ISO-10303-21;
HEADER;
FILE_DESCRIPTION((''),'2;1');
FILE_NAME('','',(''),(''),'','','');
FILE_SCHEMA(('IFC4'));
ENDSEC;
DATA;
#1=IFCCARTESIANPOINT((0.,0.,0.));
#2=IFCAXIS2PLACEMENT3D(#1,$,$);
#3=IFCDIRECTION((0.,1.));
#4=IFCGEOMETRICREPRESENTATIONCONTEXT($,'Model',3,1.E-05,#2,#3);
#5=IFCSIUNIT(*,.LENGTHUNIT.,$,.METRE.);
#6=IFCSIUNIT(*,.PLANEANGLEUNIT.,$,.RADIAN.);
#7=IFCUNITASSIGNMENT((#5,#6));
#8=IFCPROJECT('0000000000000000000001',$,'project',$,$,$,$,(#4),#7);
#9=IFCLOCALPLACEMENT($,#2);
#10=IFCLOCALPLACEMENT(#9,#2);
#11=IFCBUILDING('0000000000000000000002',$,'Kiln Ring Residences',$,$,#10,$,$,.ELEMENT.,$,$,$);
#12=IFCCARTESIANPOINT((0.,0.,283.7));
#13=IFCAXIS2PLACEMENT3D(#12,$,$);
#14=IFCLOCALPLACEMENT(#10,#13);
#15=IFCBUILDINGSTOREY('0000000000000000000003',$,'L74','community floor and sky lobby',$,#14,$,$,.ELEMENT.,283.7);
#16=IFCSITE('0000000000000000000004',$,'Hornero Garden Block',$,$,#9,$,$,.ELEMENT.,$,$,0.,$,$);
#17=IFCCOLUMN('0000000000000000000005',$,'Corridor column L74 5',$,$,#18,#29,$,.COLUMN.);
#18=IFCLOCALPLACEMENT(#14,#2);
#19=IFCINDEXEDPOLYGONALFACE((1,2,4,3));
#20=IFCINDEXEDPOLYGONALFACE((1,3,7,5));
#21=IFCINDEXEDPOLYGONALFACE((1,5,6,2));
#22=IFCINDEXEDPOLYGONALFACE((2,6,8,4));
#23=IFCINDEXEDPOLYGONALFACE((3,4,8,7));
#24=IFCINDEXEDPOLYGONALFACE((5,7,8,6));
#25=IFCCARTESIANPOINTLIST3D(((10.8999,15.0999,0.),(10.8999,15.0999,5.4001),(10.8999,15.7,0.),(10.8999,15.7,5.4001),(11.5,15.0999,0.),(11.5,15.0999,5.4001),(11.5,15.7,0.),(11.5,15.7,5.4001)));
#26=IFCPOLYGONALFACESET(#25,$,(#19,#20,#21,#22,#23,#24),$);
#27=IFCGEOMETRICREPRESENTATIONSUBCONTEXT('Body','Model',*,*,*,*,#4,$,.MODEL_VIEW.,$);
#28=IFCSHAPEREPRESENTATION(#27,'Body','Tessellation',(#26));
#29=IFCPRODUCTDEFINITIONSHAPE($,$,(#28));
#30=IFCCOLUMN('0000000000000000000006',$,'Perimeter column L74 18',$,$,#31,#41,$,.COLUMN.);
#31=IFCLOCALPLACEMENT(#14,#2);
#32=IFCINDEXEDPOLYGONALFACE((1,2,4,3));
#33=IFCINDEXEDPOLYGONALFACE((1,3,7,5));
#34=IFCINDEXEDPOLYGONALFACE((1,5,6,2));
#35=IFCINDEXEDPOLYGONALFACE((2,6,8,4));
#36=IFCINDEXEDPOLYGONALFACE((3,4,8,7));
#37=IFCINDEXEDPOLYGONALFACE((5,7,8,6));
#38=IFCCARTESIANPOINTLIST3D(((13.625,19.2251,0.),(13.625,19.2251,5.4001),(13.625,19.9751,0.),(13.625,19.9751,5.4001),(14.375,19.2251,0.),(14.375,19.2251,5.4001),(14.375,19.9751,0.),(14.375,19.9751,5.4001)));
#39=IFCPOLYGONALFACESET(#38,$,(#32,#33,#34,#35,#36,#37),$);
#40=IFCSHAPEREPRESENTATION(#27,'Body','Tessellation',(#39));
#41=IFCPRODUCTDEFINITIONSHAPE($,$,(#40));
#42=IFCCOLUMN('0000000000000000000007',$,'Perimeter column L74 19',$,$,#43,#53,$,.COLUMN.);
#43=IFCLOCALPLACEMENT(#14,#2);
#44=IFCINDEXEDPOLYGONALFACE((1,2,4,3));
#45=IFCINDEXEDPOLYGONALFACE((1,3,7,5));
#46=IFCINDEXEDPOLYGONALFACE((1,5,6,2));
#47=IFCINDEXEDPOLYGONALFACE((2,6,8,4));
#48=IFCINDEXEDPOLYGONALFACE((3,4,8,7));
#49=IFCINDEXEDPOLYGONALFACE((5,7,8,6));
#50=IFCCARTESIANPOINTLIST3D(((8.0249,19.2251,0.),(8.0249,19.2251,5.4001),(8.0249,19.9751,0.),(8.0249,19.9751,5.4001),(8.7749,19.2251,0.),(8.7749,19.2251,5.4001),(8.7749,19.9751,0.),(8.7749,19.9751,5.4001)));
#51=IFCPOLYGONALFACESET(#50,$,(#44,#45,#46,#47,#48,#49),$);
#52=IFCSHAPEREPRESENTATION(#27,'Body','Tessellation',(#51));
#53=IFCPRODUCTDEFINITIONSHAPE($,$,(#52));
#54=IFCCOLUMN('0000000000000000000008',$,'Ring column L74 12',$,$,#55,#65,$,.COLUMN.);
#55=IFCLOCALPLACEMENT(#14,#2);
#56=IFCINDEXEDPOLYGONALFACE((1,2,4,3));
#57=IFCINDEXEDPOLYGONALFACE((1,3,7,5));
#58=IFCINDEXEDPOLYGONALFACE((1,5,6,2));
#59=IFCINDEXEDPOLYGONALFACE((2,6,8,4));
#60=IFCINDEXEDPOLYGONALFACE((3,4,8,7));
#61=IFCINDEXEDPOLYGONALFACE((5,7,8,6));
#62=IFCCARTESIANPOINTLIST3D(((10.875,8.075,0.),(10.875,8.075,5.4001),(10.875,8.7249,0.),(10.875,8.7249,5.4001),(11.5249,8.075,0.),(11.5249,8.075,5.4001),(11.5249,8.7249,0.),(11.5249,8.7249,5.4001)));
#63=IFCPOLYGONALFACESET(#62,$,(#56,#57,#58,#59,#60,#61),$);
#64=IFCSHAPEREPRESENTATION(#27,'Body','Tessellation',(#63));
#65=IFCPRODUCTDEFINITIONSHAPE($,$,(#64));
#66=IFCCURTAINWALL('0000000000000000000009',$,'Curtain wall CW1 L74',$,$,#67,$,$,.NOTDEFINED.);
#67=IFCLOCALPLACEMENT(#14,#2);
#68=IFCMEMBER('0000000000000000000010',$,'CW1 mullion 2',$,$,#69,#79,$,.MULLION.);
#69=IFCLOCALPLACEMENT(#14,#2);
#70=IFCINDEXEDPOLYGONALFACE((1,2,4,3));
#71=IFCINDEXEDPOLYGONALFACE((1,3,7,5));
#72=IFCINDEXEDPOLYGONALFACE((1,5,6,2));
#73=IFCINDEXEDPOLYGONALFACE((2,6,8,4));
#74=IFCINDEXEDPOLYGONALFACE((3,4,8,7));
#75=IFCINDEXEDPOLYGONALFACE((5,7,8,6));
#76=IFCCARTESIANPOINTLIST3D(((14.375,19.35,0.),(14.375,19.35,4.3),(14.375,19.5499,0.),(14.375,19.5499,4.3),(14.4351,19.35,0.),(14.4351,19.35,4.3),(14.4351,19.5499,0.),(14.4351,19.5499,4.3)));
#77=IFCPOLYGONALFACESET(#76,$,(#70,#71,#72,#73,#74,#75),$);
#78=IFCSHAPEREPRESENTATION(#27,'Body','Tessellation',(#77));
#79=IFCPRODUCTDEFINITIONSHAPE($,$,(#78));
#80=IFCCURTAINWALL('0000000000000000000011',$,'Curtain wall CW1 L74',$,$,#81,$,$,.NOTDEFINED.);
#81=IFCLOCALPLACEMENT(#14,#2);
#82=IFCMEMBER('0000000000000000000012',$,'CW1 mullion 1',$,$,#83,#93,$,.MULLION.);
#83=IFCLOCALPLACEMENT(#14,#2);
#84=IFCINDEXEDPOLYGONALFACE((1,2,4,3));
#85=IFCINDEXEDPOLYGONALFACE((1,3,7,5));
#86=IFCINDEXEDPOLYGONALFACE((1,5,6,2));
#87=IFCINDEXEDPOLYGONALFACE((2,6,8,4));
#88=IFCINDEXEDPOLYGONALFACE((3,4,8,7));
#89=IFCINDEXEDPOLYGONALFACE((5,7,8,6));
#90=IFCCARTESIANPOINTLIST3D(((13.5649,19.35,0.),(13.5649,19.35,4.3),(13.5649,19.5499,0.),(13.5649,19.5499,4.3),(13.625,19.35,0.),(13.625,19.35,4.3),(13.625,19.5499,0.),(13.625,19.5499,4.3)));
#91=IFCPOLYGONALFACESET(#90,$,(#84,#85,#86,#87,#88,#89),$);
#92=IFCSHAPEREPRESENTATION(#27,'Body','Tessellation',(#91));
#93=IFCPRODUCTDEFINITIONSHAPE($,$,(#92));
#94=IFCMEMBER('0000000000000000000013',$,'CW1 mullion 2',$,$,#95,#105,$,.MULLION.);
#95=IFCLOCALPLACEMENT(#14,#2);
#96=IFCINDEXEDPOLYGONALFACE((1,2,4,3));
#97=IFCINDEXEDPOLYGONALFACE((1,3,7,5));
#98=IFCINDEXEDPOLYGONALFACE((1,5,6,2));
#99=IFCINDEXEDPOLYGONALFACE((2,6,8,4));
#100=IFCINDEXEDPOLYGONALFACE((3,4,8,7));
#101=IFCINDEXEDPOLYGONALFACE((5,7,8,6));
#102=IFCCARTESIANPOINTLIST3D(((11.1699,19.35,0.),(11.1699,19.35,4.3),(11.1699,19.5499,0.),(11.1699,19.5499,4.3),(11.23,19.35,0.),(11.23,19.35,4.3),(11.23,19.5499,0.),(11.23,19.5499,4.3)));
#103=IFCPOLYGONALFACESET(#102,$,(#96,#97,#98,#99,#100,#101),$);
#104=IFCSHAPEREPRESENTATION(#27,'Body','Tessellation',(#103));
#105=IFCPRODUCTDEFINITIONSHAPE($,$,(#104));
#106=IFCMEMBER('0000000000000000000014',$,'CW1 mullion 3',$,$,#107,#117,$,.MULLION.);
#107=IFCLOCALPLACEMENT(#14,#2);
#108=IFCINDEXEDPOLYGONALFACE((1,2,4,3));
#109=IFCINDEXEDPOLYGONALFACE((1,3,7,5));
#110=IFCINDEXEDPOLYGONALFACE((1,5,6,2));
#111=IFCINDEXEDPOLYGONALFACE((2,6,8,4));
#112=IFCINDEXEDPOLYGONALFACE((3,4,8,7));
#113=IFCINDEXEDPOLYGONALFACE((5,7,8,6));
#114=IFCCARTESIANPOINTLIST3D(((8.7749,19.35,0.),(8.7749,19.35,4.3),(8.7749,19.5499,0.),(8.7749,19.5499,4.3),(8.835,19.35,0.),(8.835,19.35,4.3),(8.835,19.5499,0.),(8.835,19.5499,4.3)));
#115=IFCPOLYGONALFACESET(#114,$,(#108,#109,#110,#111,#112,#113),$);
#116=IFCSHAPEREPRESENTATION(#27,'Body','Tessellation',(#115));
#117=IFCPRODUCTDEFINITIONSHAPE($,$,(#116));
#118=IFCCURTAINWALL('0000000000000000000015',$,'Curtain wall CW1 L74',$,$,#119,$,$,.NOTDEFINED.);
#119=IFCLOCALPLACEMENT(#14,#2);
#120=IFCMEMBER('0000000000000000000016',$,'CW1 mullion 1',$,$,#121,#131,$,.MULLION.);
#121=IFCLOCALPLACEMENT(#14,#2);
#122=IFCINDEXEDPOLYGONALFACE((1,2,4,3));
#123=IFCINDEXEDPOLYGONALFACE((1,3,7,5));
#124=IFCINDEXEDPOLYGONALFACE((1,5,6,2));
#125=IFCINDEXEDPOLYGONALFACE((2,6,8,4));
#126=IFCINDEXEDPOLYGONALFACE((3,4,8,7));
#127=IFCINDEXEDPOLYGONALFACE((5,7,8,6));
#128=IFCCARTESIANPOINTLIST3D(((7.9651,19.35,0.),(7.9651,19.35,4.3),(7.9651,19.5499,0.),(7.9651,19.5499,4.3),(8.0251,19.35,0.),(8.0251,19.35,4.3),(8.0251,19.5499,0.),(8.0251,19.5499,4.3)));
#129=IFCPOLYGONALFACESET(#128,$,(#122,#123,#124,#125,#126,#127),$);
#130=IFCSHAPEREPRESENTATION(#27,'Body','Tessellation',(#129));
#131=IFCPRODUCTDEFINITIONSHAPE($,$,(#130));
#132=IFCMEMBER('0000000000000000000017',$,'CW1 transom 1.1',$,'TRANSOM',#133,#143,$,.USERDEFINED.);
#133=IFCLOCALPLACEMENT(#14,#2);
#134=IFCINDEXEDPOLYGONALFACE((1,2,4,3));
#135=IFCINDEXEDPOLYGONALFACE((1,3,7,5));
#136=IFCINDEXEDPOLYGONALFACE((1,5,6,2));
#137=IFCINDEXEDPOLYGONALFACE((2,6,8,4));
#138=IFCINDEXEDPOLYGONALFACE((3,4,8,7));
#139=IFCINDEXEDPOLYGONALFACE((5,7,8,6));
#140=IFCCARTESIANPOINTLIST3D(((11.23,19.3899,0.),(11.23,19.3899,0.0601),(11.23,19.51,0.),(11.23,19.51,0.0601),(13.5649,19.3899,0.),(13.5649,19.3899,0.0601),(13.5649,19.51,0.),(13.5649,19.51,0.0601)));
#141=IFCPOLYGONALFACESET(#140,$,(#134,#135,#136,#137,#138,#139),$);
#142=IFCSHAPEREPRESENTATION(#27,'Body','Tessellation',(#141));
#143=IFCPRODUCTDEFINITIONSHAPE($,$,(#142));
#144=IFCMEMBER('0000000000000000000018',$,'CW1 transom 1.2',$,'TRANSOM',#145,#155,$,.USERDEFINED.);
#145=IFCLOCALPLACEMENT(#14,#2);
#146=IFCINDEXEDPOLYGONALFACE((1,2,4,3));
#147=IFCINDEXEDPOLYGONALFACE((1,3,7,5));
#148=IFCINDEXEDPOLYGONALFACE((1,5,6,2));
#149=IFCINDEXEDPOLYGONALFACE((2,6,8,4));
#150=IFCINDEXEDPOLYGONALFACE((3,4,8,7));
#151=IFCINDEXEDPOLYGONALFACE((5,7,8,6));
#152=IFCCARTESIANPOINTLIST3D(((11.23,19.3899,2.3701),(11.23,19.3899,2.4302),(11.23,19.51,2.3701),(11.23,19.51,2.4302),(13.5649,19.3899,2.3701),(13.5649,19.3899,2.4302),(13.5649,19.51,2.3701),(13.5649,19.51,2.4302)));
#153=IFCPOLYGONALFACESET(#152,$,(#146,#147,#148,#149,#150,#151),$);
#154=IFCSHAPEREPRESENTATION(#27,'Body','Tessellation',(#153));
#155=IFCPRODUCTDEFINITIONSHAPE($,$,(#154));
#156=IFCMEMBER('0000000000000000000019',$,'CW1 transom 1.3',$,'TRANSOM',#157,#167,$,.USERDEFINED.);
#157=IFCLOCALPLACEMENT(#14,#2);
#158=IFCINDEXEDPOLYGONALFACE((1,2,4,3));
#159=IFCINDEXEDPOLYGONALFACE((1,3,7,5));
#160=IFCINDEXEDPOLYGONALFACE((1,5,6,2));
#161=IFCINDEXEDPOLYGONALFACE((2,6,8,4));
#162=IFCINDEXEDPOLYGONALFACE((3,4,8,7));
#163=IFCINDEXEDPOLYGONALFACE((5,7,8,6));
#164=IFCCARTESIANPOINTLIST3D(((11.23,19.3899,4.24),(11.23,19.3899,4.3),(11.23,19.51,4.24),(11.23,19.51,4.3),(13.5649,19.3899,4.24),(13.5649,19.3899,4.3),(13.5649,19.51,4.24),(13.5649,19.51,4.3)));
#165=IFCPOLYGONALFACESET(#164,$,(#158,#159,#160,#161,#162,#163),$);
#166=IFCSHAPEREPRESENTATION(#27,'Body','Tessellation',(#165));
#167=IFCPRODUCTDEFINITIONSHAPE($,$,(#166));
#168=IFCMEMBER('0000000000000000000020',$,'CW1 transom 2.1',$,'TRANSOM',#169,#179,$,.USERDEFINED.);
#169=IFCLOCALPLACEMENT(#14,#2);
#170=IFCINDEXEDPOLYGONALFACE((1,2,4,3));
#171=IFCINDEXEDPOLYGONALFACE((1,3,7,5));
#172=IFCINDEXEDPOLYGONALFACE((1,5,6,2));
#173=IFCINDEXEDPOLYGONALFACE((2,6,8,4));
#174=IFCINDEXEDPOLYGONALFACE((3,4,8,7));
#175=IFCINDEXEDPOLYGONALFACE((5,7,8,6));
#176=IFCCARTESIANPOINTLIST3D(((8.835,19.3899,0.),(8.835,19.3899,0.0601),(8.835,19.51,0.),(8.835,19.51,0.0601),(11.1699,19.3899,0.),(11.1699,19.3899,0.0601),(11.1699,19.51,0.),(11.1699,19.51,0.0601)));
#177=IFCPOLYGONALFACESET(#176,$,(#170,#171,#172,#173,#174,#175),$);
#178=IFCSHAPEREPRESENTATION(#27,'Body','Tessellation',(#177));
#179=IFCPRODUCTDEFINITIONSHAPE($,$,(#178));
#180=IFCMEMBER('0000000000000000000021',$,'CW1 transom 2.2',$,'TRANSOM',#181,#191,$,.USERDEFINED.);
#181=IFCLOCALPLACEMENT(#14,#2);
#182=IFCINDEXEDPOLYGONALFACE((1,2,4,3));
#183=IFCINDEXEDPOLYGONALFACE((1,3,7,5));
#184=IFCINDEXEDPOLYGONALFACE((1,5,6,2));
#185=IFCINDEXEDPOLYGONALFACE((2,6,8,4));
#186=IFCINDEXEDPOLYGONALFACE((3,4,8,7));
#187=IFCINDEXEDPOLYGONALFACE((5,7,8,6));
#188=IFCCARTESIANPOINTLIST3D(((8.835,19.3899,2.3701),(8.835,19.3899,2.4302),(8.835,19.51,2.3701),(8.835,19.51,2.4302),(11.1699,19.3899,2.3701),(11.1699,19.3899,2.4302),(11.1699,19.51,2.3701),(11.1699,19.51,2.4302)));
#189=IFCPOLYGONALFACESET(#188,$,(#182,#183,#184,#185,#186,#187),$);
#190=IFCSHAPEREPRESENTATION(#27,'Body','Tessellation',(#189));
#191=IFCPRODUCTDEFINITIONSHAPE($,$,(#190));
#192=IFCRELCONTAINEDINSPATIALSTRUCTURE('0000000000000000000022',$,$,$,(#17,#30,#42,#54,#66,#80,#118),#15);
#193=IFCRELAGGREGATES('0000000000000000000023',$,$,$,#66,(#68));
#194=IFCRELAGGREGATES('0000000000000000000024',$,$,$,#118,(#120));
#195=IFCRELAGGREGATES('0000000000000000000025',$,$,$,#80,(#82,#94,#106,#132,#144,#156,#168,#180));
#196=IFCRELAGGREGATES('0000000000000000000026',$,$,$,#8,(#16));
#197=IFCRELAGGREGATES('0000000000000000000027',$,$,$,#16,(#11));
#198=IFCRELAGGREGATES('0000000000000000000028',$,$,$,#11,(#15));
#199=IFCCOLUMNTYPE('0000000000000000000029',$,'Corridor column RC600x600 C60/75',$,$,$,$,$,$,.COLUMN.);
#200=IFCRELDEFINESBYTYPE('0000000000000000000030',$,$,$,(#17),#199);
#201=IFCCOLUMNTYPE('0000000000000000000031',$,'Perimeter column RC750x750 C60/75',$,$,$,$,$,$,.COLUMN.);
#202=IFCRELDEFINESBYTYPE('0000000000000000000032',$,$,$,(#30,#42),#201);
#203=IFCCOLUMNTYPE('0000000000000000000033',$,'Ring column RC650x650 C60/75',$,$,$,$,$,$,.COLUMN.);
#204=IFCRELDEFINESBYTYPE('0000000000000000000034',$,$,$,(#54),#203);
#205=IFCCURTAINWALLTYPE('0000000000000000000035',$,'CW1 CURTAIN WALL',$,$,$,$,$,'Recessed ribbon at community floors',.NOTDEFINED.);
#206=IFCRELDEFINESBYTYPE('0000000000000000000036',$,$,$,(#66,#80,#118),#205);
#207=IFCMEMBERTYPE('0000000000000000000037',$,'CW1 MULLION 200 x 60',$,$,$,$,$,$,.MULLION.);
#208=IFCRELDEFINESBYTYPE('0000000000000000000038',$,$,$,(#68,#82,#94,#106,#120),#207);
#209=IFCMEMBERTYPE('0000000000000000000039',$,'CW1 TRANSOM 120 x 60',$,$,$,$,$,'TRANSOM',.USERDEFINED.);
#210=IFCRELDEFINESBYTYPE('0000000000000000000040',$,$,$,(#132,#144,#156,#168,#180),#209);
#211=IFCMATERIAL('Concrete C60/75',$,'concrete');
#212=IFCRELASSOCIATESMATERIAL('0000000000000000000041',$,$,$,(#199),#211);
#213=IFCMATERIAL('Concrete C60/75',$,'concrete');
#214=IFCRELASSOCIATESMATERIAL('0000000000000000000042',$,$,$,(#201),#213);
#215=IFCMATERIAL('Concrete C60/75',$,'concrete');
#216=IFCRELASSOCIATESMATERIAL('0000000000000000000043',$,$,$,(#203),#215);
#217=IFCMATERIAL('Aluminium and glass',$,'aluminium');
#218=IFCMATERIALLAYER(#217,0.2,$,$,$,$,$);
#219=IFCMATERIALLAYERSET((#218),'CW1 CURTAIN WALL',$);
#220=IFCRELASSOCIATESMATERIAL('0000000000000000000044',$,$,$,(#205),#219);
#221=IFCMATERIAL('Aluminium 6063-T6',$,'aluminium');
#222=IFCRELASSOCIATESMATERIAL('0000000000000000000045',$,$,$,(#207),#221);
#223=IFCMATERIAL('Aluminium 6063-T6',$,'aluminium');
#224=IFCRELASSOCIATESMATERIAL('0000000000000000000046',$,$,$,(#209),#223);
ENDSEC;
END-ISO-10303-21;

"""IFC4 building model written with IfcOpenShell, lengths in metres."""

from ifc_helpers import new_model, si_unit, direction, frame, origin, origin_2d, place, context, subcontext, project, spatial, rectangle, extrude, material, layer, layer_set, material_profile, profile_set, type_object, element, aggregate, save


model = new_model("IFC4")

# Units and contexts
model_context = context("Model", 3, precision=1e-05, world=origin(), true_north=direction((0.0, 1.0)))
body_context = subcontext(model_context, "Body", "Model", "MODEL_VIEW")
ifc_project = project(units=[si_unit("LENGTHUNIT", "METRE"), si_unit("PLANEANGLEUNIT", "RADIAN")], contexts=[model_context])

# Site, building, storey
site_placement = place(None, origin())
site = spatial("IfcSite", under=ifc_project, at=site_placement, Name="Hornero Garden Block", CompositionType="ELEMENT", RefElevation=0.0)
building_placement = place(site_placement, origin())
building = spatial("IfcBuilding", under=site, at=building_placement, Name="Kiln Ring Residences", CompositionType="ELEMENT")
storey_placement = place(building_placement, frame((0.0, 0.0, 283.7)))
storey = spatial("IfcBuildingStorey", under=building, at=storey_placement, Name="L74", Description="community floor and sky lobby", CompositionType="ELEMENT", Elevation=283.7)

# Columns
ifc_material_1 = material(Name="Concrete C60/75", Category="concrete")
ifc_material_profile_1 = material_profile(ifc_material_1, rectangle(XDim=0.6001, YDim=0.6001, at=origin_2d()), Name="RC600x600")
ifc_profile_set_1 = profile_set([ifc_material_profile_1], Name="Concrete C60/75")
column_type_1 = type_object("IfcColumnType", Name="Corridor column RC600x600 C60/75", PredefinedType="COLUMN", material=ifc_profile_set_1)
column_1_placement = place(storey_placement, frame((11.2, 15.3999, 0.0), z_axis=(0.0, 0.0, 1.0), x_axis=(1.0, 0.0, 0.0)))
element("IfcColumn", 1, at=column_1_placement, inside=storey, type_object=column_type_1, Name="Corridor column L74 5", PredefinedType="COLUMN", context=body_context, shape_type="SweptSolid", body=[
    extrude(rectangle(XDim=0.6001, YDim=0.6001, at=origin_2d()), origin(), (0.0, 0.0, 1.0), 5.4001),
])
ifc_material_2 = material(Name="Concrete C60/75", Category="concrete")
ifc_material_profile_2 = material_profile(ifc_material_2, rectangle(XDim=0.75, YDim=0.75, at=origin_2d()), Name="RC750x750")
ifc_profile_set_2 = profile_set([ifc_material_profile_2], Name="Concrete C60/75")
column_type_2 = type_object("IfcColumnType", Name="Perimeter column RC750x750 C60/75", PredefinedType="COLUMN", material=ifc_profile_set_2)
for number, where, z_axis, x_axis, name in (
    (2, (14.0, 19.6001, 0.0), (0.0, 0.0, 1.0), (1.0, 0.0, 0.0), "Perimeter column L74 18"),
    (3, (8.3999, 19.6001, 0.0), (0.0, 0.0, 1.0), (1.0, 0.0, 0.0), "Perimeter column L74 19"),
):
    element("IfcColumn", number, at=place(storey_placement, frame(where, z_axis=z_axis, x_axis=x_axis)), inside=storey, type_object=column_type_2, Name=name, PredefinedType="COLUMN", context=body_context, shape_type="SweptSolid", body=[
        extrude(rectangle(XDim=0.75, YDim=0.75, at=origin_2d()), origin(), (0.0, 0.0, 1.0), 5.4001),
    ])
ifc_material_3 = material(Name="Concrete C60/75", Category="concrete")
ifc_material_profile_3 = material_profile(ifc_material_3, rectangle(XDim=0.6499, YDim=0.6499, at=origin_2d()), Name="RC650x650")
ifc_profile_set_3 = profile_set([ifc_material_profile_3], Name="Concrete C60/75")
column_type_3 = type_object("IfcColumnType", Name="Ring column RC650x650 C60/75", PredefinedType="COLUMN", material=ifc_profile_set_3)
column_2_placement = place(storey_placement, frame((11.2, 8.3999, 0.0), z_axis=(0.0, 0.0, 1.0), x_axis=(1.0, 0.0, 0.0)))
element("IfcColumn", 4, at=column_2_placement, inside=storey, type_object=column_type_3, Name="Ring column L74 12", PredefinedType="COLUMN", context=body_context, shape_type="SweptSolid", body=[
    extrude(rectangle(XDim=0.6499, YDim=0.6499, at=origin_2d()), origin(), (0.0, 0.0, 1.0), 5.4001),
])

# Curtain wall, member
ifc_material_4 = material(Name="Aluminium and glass", Category="aluminium")
ifc_layer_1 = layer(ifc_material_4, 0.2)
ifc_layer_set_1 = layer_set([ifc_layer_1], Name="CW1 CURTAIN WALL")
curtain_wall_type_1 = type_object("IfcCurtainWallType", Name="CW1 CURTAIN WALL", ElementType="Recessed ribbon at community floors", PredefinedType="NOTDEFINED", material=ifc_layer_set_1)
placement = place(storey_placement, origin())
curtain_wall_1 = element("IfcCurtainWall", 5, at=placement, inside=storey, type_object=curtain_wall_type_1, Name="Curtain wall CW1 L74", PredefinedType="NOTDEFINED")
ifc_material_5 = material(Name="Aluminium 6063-T6", Category="aluminium")
ifc_material_profile_4 = material_profile(ifc_material_5, rectangle(XDim=0.2, YDim=0.0601, at=origin_2d()), Name="AL 200x60")
ifc_profile_set_4 = profile_set([ifc_material_profile_4], Name="Aluminium 6063-T6")
member_type_1 = type_object("IfcMemberType", Name="CW1 MULLION 200 x 60", PredefinedType="MULLION", material=ifc_profile_set_4)
member_1_placement = place(storey_placement, frame((14.405, 19.45, 0.0), z_axis=(0.0, 0.0, 1.0), x_axis=(0.0, -1.0, 0.0)))
member_1 = element("IfcMember", 6, at=member_1_placement, type_object=member_type_1, Name="CW1 mullion 2", PredefinedType="MULLION", context=body_context, shape_type="SweptSolid", body=[
    extrude(rectangle(XDim=0.2, YDim=0.0601, at=origin_2d()), origin(), (0.0, 0.0, 1.0), 4.3),
])
aggregate(curtain_wall_1, [member_1])

# Curtain wall, members
curtain_wall_2 = element("IfcCurtainWall", 7, at=placement, inside=storey, type_object=curtain_wall_type_1, Name="Curtain wall CW1 L74", PredefinedType="NOTDEFINED")
member_2_placement = place(storey_placement, frame((13.595, 19.45, 0.0), z_axis=(0.0, 0.0, 1.0), x_axis=(0.0, -1.0, 0.0)))
member_2 = element("IfcMember", 8, at=member_2_placement, type_object=member_type_1, Name="CW1 mullion 1", PredefinedType="MULLION", context=body_context, shape_type="SweptSolid", body=[
    extrude(rectangle(XDim=0.2, YDim=0.0601, at=origin_2d()), origin(), (0.0, 0.0, 1.0), 4.3),
])
member_3_placement = place(storey_placement, frame((11.2, 19.45, 0.0), z_axis=(0.0, 0.0, 1.0), x_axis=(0.0, -1.0, 0.0)))
member_3 = element("IfcMember", 9, at=member_3_placement, type_object=member_type_1, Name="CW1 mullion 2", PredefinedType="MULLION", context=body_context, shape_type="SweptSolid", body=[
    extrude(rectangle(XDim=0.2, YDim=0.0601, at=origin_2d()), origin(), (0.0, 0.0, 1.0), 4.3),
])
member_4_placement = place(storey_placement, frame((8.8049, 19.45, 0.0), z_axis=(0.0, 0.0, 1.0), x_axis=(0.0, -1.0, 0.0)))
member_4 = element("IfcMember", 10, at=member_4_placement, type_object=member_type_1, Name="CW1 mullion 3", PredefinedType="MULLION", context=body_context, shape_type="SweptSolid", body=[
    extrude(rectangle(XDim=0.2, YDim=0.0601, at=origin_2d()), origin(), (0.0, 0.0, 1.0), 4.3),
])

# Curtain wall, member
curtain_wall_3 = element("IfcCurtainWall", 11, at=placement, inside=storey, type_object=curtain_wall_type_1, Name="Curtain wall CW1 L74", PredefinedType="NOTDEFINED")
member_5_placement = place(storey_placement, frame((7.9951, 19.45, 0.0), z_axis=(0.0, 0.0, 1.0), x_axis=(0.0, -1.0, 0.0)))
member_5 = element("IfcMember", 12, at=member_5_placement, type_object=member_type_1, Name="CW1 mullion 1", PredefinedType="MULLION", context=body_context, shape_type="SweptSolid", body=[
    extrude(rectangle(XDim=0.2, YDim=0.0601, at=origin_2d()), origin(), (0.0, 0.0, 1.0), 4.3),
])
aggregate(curtain_wall_3, [member_5])

# Members
ifc_material_6 = material(Name="Aluminium 6063-T6", Category="aluminium")
ifc_material_profile_5 = material_profile(ifc_material_6, rectangle(XDim=0.1201, YDim=0.0601, at=origin_2d()), Name="AL 120x60")
ifc_profile_set_5 = profile_set([ifc_material_profile_5], Name="Aluminium 6063-T6")
member_type_2 = type_object("IfcMemberType", Name="CW1 TRANSOM 120 x 60", ElementType="TRANSOM", PredefinedType="USERDEFINED", material=ifc_profile_set_5)
member_6_placement = place(storey_placement, frame((13.5649, 19.45, 0.03), z_axis=(-1.0, 0.0, 0.0), x_axis=(0.0, -1.0, 0.0)))
member_6 = element("IfcMember", 13, at=member_6_placement, type_object=member_type_2, Name="CW1 transom 1.1", ObjectType="TRANSOM", PredefinedType="USERDEFINED", context=body_context, shape_type="SweptSolid", body=[
    extrude(rectangle(XDim=0.1201, YDim=0.0601, at=origin_2d()), origin(), (0.0, 0.0, 1.0), 2.335),
])
member_7_placement = place(storey_placement, frame((13.5649, 19.45, 2.4001), z_axis=(-1.0, 0.0, 0.0), x_axis=(0.0, -1.0, 0.0)))
member_7 = element("IfcMember", 14, at=member_7_placement, type_object=member_type_2, Name="CW1 transom 1.2", ObjectType="TRANSOM", PredefinedType="USERDEFINED", context=body_context, shape_type="SweptSolid", body=[
    extrude(rectangle(XDim=0.1201, YDim=0.0601, at=origin_2d()), origin(), (0.0, 0.0, 1.0), 2.335),
])
member_8_placement = place(storey_placement, frame((13.5649, 19.45, 4.27), z_axis=(-1.0, 0.0, 0.0), x_axis=(0.0, -1.0, 0.0)))
member_8 = element("IfcMember", 15, at=member_8_placement, type_object=member_type_2, Name="CW1 transom 1.3", ObjectType="TRANSOM", PredefinedType="USERDEFINED", context=body_context, shape_type="SweptSolid", body=[
    extrude(rectangle(XDim=0.1201, YDim=0.0601, at=origin_2d()), origin(), (0.0, 0.0, 1.0), 2.335),
])
member_9_placement = place(storey_placement, frame((11.1699, 19.45, 0.03), z_axis=(-1.0, 0.0, 0.0), x_axis=(0.0, -1.0, 0.0)))
member_9 = element("IfcMember", 16, at=member_9_placement, type_object=member_type_2, Name="CW1 transom 2.1", ObjectType="TRANSOM", PredefinedType="USERDEFINED", context=body_context, shape_type="SweptSolid", body=[
    extrude(rectangle(XDim=0.1201, YDim=0.0601, at=origin_2d()), origin(), (0.0, 0.0, 1.0), 2.335),
])
member_10_placement = place(storey_placement, frame((11.1699, 19.45, 2.4001), z_axis=(-1.0, 0.0, 0.0), x_axis=(0.0, -1.0, 0.0)))
member_10 = element("IfcMember", 17, at=member_10_placement, type_object=member_type_2, Name="CW1 transom 2.2", ObjectType="TRANSOM", PredefinedType="USERDEFINED", context=body_context, shape_type="SweptSolid", body=[
    extrude(rectangle(XDim=0.1201, YDim=0.0601, at=origin_2d()), origin(), (0.0, 0.0, 1.0), 2.335),
])

aggregate(curtain_wall_2, [member_2, member_3, member_4, member_6, member_7, member_8, member_9, member_10])

save(model, "model.ifc")
